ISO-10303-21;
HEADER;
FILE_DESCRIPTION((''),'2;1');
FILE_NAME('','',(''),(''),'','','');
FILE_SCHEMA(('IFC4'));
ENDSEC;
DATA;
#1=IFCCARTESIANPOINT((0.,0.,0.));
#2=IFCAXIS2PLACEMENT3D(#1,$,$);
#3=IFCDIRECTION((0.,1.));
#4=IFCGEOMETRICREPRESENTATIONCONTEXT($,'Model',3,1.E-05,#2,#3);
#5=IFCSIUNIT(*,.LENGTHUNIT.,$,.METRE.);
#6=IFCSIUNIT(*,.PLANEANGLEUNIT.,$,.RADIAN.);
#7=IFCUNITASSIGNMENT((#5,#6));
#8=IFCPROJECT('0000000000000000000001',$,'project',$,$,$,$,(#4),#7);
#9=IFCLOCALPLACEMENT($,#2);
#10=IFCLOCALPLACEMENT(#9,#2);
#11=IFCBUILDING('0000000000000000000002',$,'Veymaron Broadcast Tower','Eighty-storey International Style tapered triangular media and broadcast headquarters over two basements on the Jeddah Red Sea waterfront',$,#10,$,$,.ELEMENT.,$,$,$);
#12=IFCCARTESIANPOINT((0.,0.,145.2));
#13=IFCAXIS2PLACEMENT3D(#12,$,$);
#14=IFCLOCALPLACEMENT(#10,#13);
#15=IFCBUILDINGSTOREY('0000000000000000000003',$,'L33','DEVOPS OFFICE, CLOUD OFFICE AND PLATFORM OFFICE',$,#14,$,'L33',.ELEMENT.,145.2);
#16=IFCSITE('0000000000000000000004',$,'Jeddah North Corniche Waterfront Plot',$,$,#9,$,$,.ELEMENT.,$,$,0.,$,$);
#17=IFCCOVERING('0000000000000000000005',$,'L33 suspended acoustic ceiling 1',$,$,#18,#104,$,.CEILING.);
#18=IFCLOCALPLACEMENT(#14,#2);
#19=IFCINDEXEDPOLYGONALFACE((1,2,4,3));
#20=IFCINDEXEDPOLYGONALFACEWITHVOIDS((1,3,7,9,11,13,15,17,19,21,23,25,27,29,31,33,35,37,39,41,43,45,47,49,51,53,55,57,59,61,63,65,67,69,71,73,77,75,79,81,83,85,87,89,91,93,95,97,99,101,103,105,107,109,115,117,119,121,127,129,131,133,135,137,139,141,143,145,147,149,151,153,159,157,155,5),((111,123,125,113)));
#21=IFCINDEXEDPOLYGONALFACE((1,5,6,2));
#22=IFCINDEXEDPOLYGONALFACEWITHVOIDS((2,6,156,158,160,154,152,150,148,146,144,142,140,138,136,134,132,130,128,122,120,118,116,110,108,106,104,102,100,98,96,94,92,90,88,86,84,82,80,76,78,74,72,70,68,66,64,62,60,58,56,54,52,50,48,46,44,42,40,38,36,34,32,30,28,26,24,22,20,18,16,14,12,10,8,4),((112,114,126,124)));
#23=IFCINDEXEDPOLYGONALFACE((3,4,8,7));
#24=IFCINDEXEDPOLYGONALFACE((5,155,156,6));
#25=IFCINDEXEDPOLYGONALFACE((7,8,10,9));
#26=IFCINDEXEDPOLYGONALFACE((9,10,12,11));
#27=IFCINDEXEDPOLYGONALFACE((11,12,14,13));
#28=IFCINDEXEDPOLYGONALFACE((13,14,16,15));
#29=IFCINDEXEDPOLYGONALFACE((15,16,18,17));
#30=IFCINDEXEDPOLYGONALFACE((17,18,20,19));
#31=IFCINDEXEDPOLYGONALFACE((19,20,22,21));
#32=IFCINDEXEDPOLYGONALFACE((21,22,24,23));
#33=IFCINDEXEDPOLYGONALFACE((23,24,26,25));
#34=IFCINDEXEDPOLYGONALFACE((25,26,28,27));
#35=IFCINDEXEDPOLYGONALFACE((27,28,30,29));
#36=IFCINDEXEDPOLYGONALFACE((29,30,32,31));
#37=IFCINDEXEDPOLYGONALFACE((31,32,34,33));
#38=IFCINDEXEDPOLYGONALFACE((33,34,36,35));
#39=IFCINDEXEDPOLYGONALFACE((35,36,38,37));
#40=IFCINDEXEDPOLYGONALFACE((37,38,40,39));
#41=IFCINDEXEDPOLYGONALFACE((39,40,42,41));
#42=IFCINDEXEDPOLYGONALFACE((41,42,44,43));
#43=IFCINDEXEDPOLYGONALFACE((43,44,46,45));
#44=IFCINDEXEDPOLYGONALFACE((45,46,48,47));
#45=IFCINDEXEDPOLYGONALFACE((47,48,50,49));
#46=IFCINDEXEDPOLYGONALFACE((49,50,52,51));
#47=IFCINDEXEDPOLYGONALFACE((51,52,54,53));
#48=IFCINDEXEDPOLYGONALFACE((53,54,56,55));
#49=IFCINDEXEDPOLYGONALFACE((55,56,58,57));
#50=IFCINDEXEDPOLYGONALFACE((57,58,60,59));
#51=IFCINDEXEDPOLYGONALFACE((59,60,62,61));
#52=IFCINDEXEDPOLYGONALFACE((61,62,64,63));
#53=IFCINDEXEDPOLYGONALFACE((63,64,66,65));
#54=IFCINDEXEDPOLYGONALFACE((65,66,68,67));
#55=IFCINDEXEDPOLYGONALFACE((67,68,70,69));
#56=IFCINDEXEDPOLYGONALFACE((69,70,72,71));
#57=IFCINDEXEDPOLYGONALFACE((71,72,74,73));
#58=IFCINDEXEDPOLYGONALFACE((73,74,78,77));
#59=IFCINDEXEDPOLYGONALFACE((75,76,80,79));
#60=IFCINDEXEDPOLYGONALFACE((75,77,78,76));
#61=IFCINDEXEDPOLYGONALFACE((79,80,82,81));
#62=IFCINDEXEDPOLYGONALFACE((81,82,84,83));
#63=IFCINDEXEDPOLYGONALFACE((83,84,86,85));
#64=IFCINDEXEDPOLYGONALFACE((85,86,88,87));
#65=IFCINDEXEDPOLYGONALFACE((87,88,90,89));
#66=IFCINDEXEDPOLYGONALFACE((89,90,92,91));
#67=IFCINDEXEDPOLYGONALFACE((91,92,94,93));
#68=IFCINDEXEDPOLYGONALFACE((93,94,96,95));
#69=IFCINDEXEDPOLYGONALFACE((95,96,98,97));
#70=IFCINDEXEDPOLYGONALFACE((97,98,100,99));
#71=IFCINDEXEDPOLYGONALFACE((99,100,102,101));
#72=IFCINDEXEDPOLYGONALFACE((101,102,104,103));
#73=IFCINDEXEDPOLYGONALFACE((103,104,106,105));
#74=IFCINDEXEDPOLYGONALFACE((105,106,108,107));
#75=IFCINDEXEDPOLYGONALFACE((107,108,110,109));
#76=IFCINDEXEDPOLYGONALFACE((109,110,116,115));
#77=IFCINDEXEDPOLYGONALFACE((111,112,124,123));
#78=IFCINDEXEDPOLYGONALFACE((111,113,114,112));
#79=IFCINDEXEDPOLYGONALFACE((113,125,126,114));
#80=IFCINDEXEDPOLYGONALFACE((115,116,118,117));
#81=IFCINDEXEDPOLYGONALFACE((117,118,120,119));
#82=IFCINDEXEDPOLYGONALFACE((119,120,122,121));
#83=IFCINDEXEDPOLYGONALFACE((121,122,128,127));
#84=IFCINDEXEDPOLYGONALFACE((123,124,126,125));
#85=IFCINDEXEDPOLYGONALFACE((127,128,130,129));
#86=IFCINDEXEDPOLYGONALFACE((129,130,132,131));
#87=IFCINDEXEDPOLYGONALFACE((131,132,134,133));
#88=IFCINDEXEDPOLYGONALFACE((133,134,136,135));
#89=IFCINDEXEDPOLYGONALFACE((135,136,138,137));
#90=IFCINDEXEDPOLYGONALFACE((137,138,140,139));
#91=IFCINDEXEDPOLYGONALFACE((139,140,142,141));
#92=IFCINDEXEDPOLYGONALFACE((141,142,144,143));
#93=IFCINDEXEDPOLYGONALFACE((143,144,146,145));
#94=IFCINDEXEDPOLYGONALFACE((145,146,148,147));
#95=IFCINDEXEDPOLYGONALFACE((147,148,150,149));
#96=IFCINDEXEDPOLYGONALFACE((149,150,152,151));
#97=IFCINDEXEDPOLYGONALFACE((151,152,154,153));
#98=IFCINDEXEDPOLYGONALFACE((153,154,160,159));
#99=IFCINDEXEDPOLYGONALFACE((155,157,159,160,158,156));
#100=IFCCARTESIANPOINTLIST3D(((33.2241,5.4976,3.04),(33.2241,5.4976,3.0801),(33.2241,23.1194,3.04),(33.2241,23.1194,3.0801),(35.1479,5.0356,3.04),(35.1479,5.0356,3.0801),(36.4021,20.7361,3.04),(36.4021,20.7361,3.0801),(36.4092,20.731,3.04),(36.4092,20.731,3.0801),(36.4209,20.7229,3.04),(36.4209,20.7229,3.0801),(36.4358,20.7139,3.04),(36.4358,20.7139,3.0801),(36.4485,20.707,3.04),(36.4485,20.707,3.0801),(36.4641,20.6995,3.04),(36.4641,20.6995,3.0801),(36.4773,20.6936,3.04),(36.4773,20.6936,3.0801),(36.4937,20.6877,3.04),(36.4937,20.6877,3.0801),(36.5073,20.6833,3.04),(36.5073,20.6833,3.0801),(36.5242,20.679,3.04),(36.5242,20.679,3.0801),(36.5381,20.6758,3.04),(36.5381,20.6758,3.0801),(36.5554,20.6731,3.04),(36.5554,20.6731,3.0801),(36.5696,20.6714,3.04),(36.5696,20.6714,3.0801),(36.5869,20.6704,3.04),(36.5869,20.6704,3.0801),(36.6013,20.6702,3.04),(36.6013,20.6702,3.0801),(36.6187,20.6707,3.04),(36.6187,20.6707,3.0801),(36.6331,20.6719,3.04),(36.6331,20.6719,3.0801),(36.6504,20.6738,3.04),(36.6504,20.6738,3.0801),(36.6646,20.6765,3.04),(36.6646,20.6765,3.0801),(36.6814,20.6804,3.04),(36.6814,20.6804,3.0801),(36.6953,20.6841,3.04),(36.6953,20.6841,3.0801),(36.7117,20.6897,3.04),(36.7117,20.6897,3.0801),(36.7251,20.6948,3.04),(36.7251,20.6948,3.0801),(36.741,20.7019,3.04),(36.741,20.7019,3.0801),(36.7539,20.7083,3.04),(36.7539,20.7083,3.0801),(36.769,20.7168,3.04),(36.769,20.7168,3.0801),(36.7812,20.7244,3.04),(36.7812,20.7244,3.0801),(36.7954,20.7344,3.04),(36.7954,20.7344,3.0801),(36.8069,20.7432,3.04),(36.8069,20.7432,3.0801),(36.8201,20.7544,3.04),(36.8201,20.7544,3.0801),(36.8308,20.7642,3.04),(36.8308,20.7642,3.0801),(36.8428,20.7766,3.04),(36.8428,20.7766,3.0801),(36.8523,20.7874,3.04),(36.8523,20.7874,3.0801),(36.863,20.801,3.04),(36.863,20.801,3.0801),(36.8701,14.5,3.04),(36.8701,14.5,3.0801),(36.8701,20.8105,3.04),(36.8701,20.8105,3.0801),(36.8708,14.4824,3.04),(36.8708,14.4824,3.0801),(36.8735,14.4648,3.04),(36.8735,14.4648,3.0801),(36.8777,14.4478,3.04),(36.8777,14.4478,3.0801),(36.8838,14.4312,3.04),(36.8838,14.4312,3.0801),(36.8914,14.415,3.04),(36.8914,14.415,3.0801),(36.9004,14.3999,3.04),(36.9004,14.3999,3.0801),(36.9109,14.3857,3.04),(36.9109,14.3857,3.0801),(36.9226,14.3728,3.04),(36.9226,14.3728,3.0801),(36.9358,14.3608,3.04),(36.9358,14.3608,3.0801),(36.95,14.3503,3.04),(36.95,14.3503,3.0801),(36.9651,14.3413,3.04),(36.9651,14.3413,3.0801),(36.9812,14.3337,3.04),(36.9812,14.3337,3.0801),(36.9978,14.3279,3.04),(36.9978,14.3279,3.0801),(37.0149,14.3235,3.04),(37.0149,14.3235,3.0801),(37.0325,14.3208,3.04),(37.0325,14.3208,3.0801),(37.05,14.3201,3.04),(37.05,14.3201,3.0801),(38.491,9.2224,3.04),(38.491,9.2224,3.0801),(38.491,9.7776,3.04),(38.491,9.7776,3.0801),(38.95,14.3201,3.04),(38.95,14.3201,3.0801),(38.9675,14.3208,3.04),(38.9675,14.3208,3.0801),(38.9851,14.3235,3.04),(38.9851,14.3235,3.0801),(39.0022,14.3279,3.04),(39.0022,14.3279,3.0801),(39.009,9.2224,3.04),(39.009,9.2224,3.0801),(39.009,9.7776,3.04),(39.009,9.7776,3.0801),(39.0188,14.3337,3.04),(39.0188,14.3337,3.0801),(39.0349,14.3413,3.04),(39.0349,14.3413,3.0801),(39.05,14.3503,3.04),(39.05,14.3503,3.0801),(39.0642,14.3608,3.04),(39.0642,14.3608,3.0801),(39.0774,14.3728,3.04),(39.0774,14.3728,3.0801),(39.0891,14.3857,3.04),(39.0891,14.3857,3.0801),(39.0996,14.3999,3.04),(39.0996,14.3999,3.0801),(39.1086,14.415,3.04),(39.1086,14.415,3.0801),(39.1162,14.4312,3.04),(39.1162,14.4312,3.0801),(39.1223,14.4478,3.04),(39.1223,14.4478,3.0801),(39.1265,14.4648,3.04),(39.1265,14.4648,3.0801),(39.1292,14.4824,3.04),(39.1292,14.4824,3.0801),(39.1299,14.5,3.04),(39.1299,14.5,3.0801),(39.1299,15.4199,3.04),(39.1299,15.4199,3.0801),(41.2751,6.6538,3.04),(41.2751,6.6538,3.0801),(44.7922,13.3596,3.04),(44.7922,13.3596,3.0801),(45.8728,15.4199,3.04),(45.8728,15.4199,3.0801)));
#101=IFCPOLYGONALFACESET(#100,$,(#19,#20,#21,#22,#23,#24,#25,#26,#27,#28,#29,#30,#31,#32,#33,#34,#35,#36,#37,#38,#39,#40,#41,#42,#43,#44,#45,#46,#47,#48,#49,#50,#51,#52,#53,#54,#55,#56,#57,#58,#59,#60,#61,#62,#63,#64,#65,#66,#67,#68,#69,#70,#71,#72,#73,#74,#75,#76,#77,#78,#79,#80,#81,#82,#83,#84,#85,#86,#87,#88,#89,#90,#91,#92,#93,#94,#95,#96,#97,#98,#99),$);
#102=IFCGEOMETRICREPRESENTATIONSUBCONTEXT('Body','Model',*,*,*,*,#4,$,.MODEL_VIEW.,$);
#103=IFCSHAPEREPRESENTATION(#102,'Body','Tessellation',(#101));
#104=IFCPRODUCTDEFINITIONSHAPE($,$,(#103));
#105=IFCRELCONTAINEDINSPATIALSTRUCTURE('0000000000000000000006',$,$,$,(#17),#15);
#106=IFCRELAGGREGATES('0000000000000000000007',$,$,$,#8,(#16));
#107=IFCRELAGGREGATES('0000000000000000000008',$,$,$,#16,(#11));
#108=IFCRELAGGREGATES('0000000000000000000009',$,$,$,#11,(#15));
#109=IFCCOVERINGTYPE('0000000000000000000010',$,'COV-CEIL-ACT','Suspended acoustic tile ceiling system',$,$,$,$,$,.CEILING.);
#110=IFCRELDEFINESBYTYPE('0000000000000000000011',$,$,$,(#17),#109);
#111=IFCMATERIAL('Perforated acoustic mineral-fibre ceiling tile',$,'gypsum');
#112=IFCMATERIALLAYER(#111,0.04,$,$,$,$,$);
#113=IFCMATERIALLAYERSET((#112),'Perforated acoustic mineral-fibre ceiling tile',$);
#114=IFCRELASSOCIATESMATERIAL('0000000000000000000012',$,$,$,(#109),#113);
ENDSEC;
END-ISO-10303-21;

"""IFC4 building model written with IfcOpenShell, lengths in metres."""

from ifc_helpers import new_model, si_unit, direction, frame, origin, place, context, subcontext, project, spatial, polyline, outline, extrude, material, layer, layer_set, type_object, element, save


model = new_model("IFC4")

# Units and contexts
model_context = context("Model", 3, precision=1e-05, world=origin(), true_north=direction((0.0, 1.0)))
body_context = subcontext(model_context, "Body", "Model", "MODEL_VIEW")
ifc_project = project(units=[si_unit("LENGTHUNIT", "METRE"), si_unit("PLANEANGLEUNIT", "RADIAN")], contexts=[model_context])

# Site, building, storey
site_placement = place(None, origin())
site = spatial("IfcSite", under=ifc_project, at=site_placement, Name="Jeddah North Corniche Waterfront Plot", CompositionType="ELEMENT", RefElevation=0.0)
building_placement = place(site_placement, origin())
building = spatial("IfcBuilding", under=site, at=building_placement, Name="Veymaron Broadcast Tower", Description="Eighty-storey International Style tapered triangular media and broadcast headquarters over two basements on the Jeddah Red Sea waterfront", CompositionType="ELEMENT")
storey_placement = place(building_placement, frame((0.0, 0.0, 145.2)))
storey = spatial("IfcBuildingStorey", under=building, at=storey_placement, Name="L33", Description="DEVOPS OFFICE, CLOUD OFFICE AND PLATFORM OFFICE", LongName="L33", CompositionType="ELEMENT", Elevation=145.2)

# Covering
ifc_material_1 = material(Name="Perforated acoustic mineral-fibre ceiling tile", Category="gypsum")
ifc_layer_1 = layer(ifc_material_1, 0.04)
ifc_layer_set_1 = layer_set([ifc_layer_1], Name="Perforated acoustic mineral-fibre ceiling tile")
covering_type_1 = type_object("IfcCoveringType", Name="COV-CEIL-ACT", Description="Suspended acoustic tile ceiling system", PredefinedType="CEILING", material=ifc_layer_set_1)
covering_1_placement = place(storey_placement, frame((0.0, 0.0, 3.04)))
element("IfcCovering", 1, at=covering_1_placement, inside=storey, type_object=covering_type_1, Name="L33 suspended acoustic ceiling 1", PredefinedType="CEILING", context=body_context, shape_type="SweptSolid", body=[
    extrude(outline(polyline([(36.5869, 20.6704), (36.6013, 20.6702), (36.6187, 20.6707), (36.6331, 20.6719), (36.6504, 20.6738), (36.6646, 20.6765), (36.6814, 20.6804), (36.6953, 20.6841), (36.7117, 20.6897), (36.7251, 20.6948), (36.741, 20.7019), (36.7539, 20.7083), (36.769, 20.7168), (36.7812, 20.7244), (36.7954, 20.7344), (36.8069, 20.7432), (36.8201, 20.7544), (36.8308, 20.7642), (36.8428, 20.7766), (36.8523, 20.7874), (36.863, 20.801), (36.8701, 20.8105), (36.8701, 14.5), (36.8708, 14.4824), (36.8735, 14.4648), (36.8777, 14.4478), (36.8838, 14.4312), (36.8914, 14.415), (36.9004, 14.3999), (36.9109, 14.3857), (36.9226, 14.3728), (36.9358, 14.3608), (36.95, 14.3503), (36.9651, 14.3413), (36.9812, 14.3337), (36.9978, 14.3279), (37.0149, 14.3235), (37.0325, 14.3208), (37.05, 14.3201), (38.95, 14.3201), (38.9675, 14.3208), (38.9851, 14.3235), (39.0022, 14.3279), (39.0188, 14.3337), (39.0349, 14.3413), (39.05, 14.3503), (39.0642, 14.3608), (39.0774, 14.3728), (39.0891, 14.3857), (39.0996, 14.3999), (39.1086, 14.415), (39.1162, 14.4312), (39.1223, 14.4478), (39.1265, 14.4648), (39.1292, 14.4824), (39.1299, 14.5), (39.1299, 15.4199), (45.8728, 15.4199), (44.7922, 13.3596), (41.2751, 6.6538), (35.1479, 5.0356), (33.2241, 5.4976), (33.2241, 23.1194), (36.4021, 20.7361), (36.4092, 20.731), (36.4209, 20.7229), (36.4358, 20.7139), (36.4485, 20.707), (36.4641, 20.6995), (36.4773, 20.6936), (36.4937, 20.6877), (36.5073, 20.6833), (36.5242, 20.679), (36.5381, 20.6758), (36.5554, 20.6731), (36.5696, 20.6714), (36.5869, 20.6704)]), holes=[polyline([(39.009, 9.7776), (38.491, 9.7776), (38.491, 9.2224), (39.009, 9.2224), (39.009, 9.7776)])]), origin(), (0.0, 0.0, 1.0), 0.04),
])

save(model, "model.ifc")
